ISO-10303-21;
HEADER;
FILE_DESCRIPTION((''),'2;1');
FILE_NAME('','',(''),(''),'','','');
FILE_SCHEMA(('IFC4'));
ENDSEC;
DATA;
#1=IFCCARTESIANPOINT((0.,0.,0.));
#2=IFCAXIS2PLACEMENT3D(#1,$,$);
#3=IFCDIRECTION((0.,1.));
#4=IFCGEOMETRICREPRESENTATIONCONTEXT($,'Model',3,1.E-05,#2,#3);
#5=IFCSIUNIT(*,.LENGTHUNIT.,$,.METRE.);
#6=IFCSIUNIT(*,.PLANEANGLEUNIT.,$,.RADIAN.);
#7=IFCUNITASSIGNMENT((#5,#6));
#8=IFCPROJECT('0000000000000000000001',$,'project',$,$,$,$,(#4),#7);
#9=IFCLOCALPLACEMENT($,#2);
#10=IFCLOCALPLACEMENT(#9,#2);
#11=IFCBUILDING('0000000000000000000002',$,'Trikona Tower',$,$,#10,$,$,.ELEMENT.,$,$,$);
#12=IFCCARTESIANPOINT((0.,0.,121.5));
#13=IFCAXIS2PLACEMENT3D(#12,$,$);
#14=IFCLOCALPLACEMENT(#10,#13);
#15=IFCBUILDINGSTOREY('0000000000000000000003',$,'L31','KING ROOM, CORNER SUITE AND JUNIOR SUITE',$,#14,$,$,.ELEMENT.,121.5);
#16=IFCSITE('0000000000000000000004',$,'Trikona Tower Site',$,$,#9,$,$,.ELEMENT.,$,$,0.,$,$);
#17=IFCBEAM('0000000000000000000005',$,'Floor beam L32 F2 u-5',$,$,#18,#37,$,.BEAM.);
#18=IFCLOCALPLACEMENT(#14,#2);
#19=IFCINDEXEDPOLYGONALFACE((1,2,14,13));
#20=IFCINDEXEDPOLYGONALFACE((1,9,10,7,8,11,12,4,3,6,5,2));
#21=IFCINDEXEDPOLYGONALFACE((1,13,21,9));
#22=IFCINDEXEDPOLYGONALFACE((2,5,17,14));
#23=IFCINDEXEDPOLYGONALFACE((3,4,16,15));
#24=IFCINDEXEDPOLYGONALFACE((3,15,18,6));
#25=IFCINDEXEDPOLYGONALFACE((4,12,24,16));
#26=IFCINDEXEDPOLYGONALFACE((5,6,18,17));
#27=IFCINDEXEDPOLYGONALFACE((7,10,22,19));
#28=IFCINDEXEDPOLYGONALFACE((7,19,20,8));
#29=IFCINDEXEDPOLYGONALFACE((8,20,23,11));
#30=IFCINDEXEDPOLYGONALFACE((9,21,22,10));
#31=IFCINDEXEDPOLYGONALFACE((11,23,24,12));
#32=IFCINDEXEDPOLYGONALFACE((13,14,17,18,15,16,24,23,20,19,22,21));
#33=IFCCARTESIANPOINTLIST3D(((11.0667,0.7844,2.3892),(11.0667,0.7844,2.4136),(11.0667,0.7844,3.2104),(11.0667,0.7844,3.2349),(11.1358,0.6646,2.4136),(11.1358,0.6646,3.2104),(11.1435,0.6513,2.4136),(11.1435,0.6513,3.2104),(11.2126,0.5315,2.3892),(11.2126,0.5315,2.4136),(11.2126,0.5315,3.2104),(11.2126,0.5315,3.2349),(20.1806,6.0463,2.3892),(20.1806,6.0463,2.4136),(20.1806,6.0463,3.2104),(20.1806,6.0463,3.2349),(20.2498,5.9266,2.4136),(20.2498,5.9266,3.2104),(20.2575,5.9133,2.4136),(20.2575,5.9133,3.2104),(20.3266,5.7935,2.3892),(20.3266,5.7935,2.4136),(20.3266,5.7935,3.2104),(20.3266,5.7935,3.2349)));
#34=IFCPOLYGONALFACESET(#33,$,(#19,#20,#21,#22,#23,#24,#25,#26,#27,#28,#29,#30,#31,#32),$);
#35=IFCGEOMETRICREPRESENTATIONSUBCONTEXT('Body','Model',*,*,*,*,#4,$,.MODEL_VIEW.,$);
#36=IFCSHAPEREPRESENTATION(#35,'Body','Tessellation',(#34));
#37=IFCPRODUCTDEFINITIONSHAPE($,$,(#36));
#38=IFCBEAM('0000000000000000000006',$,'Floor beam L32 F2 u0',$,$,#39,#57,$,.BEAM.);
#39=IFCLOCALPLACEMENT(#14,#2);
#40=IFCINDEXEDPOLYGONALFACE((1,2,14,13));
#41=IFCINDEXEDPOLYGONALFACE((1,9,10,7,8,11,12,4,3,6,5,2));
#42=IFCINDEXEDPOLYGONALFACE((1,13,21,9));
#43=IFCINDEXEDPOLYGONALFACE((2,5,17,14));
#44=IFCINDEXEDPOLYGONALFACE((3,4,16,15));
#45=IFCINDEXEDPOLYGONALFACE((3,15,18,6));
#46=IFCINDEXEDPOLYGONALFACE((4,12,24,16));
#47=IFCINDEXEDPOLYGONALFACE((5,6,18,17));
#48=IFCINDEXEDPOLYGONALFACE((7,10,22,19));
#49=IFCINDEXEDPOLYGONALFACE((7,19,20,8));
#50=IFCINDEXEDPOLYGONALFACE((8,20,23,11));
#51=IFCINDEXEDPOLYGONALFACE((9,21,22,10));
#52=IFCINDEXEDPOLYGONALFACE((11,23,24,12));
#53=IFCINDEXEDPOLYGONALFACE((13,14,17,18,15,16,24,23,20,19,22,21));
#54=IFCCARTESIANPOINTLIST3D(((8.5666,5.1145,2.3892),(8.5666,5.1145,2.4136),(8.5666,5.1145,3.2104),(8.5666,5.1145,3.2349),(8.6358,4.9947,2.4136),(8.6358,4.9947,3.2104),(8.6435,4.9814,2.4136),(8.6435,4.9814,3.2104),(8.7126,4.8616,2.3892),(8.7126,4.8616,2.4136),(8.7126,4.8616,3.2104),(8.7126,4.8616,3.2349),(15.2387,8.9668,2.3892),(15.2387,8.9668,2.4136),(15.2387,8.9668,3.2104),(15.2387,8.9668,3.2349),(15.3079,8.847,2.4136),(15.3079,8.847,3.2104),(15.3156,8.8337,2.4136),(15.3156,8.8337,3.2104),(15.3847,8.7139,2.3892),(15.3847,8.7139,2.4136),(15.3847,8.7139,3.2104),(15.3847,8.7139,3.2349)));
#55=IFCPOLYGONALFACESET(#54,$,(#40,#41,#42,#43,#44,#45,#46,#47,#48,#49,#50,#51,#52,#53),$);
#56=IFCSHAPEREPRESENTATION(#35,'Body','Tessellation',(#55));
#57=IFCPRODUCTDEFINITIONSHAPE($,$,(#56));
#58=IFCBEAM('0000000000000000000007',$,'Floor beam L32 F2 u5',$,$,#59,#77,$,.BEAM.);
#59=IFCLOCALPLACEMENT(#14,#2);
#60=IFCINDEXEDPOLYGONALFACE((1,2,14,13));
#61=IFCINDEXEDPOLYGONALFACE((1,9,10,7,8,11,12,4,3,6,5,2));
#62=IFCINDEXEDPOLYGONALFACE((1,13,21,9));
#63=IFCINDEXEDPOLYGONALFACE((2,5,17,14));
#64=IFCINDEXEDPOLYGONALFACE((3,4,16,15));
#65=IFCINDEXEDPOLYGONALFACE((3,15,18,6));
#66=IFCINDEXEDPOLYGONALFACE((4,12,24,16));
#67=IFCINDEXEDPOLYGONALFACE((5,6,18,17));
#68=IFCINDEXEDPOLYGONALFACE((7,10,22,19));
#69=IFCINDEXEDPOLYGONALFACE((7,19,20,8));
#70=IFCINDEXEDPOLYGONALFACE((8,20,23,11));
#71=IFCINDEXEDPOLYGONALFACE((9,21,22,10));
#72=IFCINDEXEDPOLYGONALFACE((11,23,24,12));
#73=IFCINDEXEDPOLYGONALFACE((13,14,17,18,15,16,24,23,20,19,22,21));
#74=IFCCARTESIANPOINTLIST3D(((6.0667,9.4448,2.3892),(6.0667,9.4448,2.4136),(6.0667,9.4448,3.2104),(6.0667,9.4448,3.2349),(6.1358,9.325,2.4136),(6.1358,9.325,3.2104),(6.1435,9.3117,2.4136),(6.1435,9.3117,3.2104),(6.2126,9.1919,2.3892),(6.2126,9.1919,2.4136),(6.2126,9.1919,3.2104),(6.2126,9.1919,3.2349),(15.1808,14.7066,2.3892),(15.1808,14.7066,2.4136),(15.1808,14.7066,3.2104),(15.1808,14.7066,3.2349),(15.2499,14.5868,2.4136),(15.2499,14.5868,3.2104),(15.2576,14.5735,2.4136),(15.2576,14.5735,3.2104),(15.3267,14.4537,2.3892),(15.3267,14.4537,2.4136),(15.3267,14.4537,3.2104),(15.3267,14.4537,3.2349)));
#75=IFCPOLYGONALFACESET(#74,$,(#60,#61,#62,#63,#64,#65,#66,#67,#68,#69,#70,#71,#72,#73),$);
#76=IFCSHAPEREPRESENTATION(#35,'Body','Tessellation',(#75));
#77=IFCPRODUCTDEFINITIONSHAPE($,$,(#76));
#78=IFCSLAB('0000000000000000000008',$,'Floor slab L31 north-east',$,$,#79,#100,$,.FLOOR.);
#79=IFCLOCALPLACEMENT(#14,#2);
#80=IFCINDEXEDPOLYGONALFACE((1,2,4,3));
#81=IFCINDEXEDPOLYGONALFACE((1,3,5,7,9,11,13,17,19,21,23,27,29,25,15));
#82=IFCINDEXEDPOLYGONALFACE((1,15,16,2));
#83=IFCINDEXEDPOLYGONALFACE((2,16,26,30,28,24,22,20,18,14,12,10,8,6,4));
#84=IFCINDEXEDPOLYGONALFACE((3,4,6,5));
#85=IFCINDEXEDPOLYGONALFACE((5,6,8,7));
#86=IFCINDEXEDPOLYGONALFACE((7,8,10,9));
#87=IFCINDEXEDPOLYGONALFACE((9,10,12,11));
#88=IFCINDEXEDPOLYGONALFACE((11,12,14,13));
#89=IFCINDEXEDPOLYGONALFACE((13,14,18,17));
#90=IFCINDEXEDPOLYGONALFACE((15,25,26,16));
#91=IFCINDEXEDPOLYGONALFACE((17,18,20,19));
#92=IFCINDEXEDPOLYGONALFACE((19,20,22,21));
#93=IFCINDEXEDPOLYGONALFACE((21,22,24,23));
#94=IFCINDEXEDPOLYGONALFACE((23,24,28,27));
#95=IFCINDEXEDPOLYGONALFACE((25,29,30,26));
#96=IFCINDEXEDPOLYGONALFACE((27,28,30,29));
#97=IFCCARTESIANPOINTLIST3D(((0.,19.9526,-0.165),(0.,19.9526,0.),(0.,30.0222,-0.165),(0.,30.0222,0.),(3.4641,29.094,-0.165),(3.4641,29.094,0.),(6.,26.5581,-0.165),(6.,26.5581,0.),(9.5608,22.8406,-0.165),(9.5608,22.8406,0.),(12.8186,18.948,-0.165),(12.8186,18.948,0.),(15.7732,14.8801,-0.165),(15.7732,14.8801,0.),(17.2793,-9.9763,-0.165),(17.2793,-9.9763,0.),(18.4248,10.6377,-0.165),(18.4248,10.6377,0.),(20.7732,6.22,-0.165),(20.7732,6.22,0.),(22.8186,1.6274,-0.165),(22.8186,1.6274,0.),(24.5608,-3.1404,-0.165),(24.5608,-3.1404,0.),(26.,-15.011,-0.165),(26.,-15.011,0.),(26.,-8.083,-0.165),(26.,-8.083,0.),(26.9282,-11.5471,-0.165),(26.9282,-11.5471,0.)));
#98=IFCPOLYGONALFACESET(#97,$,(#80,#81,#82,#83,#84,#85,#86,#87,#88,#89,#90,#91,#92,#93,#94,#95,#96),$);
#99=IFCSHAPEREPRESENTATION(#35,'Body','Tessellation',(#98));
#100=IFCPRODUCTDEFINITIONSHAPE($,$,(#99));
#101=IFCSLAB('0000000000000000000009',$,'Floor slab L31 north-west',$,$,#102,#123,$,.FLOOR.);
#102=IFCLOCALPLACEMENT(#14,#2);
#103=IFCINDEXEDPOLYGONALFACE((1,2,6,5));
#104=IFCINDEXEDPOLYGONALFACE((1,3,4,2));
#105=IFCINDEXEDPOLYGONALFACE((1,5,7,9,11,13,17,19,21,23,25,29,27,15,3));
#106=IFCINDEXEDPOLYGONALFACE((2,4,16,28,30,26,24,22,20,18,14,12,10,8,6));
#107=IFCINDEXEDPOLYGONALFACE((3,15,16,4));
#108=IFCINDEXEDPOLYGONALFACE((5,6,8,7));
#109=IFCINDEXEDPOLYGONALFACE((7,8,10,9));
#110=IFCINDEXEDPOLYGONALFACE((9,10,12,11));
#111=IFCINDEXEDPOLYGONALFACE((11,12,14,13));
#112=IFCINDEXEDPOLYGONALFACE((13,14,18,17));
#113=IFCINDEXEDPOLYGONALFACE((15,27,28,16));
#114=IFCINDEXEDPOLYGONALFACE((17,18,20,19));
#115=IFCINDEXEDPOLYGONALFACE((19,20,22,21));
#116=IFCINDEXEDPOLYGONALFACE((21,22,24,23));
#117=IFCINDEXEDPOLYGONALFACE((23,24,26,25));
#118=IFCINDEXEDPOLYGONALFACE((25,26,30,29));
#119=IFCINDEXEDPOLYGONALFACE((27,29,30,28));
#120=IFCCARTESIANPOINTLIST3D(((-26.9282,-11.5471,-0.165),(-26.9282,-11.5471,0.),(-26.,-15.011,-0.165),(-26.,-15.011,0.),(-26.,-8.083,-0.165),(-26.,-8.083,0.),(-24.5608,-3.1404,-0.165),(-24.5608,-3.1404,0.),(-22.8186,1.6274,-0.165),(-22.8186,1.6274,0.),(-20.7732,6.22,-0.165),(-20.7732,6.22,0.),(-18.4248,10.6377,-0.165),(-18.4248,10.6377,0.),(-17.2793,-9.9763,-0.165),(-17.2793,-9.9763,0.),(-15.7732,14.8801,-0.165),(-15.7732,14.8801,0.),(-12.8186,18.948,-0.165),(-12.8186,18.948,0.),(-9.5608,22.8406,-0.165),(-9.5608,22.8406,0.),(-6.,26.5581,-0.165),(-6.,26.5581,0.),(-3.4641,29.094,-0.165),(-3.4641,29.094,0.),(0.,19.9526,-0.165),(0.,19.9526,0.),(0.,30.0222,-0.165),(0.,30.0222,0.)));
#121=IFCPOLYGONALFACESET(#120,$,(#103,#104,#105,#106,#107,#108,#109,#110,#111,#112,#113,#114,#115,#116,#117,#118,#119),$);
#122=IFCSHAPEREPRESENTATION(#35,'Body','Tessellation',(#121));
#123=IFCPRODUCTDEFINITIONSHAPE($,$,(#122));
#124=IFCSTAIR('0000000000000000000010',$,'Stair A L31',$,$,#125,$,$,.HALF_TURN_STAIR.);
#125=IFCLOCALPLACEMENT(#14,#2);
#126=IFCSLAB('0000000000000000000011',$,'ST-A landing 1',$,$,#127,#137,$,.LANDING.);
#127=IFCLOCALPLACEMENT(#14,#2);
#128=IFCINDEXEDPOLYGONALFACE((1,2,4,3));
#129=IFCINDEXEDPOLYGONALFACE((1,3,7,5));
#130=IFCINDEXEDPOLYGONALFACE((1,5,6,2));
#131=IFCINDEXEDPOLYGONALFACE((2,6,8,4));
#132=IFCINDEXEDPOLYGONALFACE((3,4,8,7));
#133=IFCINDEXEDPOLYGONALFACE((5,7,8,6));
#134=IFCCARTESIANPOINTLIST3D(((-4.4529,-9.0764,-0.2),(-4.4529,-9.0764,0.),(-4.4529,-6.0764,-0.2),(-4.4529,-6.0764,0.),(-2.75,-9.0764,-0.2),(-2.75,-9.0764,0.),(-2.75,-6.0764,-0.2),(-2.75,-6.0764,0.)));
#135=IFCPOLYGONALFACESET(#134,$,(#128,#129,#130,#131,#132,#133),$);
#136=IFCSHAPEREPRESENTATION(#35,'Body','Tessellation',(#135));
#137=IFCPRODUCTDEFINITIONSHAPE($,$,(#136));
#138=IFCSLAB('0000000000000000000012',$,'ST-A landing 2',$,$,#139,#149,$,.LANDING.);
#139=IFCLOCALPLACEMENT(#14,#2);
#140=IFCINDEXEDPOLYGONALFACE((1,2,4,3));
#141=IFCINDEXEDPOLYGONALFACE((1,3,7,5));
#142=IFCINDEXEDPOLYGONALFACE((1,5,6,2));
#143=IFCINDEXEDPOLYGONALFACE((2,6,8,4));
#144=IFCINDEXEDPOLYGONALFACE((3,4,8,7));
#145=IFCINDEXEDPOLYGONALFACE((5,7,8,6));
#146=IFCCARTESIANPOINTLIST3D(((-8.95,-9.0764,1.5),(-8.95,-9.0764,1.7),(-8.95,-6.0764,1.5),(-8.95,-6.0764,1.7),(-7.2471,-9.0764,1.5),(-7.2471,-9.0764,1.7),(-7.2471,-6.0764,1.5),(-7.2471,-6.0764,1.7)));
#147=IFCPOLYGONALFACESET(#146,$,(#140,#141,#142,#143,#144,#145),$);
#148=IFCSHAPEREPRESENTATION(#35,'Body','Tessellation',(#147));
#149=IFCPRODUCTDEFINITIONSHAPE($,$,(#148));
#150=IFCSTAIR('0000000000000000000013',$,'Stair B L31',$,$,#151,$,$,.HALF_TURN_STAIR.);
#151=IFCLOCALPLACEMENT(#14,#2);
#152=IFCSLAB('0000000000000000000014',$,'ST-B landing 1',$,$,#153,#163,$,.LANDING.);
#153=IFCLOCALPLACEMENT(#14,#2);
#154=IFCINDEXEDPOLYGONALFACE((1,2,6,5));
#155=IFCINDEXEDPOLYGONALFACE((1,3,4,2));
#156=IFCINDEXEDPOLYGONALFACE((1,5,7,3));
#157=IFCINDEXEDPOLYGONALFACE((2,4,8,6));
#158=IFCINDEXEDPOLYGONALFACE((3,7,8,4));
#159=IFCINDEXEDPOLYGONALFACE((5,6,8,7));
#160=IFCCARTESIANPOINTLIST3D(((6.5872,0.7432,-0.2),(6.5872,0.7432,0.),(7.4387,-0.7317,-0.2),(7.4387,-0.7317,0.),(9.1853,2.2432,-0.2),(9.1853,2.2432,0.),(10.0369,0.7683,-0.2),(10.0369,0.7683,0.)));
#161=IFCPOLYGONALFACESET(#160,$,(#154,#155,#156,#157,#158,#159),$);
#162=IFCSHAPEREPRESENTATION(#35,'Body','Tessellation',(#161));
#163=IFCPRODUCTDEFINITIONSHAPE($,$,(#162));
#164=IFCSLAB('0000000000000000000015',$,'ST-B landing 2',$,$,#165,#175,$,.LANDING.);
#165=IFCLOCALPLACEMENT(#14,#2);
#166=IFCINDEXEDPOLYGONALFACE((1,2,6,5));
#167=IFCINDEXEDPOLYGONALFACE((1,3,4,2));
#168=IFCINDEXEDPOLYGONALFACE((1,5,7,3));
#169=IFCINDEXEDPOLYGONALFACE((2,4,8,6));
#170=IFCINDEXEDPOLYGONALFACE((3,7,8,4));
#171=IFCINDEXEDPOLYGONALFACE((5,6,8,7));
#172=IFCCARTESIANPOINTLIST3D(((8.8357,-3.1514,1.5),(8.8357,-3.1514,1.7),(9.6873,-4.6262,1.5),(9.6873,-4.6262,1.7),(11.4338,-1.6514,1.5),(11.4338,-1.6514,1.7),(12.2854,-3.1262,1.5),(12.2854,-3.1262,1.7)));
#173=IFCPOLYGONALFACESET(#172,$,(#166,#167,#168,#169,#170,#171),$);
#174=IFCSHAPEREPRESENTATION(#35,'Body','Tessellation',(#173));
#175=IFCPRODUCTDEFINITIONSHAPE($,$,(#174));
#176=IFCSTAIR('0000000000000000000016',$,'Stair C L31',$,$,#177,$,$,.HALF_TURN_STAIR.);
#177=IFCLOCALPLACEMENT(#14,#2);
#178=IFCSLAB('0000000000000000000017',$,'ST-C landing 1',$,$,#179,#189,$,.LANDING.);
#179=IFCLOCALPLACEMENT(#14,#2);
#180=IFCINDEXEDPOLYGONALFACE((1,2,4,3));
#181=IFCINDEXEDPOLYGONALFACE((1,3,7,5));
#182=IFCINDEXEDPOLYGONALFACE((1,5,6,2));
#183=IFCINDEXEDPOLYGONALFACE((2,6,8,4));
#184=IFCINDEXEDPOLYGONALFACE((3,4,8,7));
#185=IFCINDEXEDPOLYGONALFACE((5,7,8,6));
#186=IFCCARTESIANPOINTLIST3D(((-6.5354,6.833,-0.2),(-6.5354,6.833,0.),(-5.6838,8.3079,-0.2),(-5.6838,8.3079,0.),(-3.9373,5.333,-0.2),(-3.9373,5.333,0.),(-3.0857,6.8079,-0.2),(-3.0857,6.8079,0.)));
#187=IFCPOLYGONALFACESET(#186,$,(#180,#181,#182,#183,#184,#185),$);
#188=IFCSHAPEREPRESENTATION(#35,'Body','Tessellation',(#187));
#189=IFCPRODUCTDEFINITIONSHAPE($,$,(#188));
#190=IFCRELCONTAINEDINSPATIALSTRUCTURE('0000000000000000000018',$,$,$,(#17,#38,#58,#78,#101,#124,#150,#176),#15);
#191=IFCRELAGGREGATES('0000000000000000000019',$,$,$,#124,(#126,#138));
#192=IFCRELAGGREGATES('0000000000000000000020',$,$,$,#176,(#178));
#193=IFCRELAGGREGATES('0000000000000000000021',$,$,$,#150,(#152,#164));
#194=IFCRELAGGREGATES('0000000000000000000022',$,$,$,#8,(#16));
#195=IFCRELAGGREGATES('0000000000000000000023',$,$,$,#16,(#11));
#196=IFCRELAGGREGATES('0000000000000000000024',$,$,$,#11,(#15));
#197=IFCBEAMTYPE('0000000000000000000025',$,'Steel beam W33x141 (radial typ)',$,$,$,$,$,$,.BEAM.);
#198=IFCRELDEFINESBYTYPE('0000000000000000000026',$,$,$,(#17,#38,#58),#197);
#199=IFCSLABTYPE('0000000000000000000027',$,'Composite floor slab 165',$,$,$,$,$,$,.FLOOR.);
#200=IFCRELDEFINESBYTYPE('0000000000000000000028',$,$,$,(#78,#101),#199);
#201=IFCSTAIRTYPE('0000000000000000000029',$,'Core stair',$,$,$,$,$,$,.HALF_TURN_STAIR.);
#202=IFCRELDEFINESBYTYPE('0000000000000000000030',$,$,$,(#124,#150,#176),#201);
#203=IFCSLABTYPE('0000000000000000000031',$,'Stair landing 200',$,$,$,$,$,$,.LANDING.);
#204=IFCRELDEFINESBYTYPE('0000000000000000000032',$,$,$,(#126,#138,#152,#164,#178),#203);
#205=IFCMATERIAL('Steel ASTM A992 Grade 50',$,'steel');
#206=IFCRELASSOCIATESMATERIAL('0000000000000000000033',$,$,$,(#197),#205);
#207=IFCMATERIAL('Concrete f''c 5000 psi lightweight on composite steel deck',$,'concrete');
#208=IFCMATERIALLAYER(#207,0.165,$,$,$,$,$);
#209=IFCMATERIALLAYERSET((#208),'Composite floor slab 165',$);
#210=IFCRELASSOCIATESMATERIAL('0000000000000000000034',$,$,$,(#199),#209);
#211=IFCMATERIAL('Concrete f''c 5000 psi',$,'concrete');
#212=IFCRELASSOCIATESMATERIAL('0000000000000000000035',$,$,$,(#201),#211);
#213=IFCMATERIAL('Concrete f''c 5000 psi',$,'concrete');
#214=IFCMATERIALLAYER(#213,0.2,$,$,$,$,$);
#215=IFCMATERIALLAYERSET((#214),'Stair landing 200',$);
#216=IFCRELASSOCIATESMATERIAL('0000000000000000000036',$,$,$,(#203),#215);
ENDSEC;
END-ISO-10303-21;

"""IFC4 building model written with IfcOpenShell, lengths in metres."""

from ifc_helpers import new_model, si_unit, direction, frame, origin, origin_2d, place, context, subcontext, project, spatial, polyline, i_section, outline, extrude, material, layer, layer_set, material_profile, profile_set, type_object, element, aggregate, save


model = new_model("IFC4")

# Units and contexts
model_context = context("Model", 3, precision=1e-05, world=origin(), true_north=direction((0.0, 1.0)))
body_context = subcontext(model_context, "Body", "Model", "MODEL_VIEW")
ifc_project = project(units=[si_unit("LENGTHUNIT", "METRE"), si_unit("PLANEANGLEUNIT", "RADIAN")], contexts=[model_context])

# Site, building, storey
site_placement = place(None, origin())
site = spatial("IfcSite", under=ifc_project, at=site_placement, Name="Trikona Tower Site", CompositionType="ELEMENT", RefElevation=0.0)
building_placement = place(site_placement, origin())
building = spatial("IfcBuilding", under=site, at=building_placement, Name="Trikona Tower", CompositionType="ELEMENT")
storey_placement = place(building_placement, frame((0.0, 0.0, 121.5)))
storey = spatial("IfcBuildingStorey", under=building, at=storey_placement, Name="L31", Description="KING ROOM, CORNER SUITE AND JUNIOR SUITE", CompositionType="ELEMENT", Elevation=121.5)

# Beams
ifc_material_1 = material(Name="Steel ASTM A992 Grade 50", Category="steel")
ifc_material_profile = material_profile(ifc_material_1, i_section(OverallWidth=0.292, OverallDepth=0.8457, WebThickness=0.0154, FlangeThickness=0.0244, at=origin_2d()), Name="W33X141")
ifc_profile_set = profile_set([ifc_material_profile], Name="Steel ASTM A992 Grade 50")
beam_type = type_object("IfcBeamType", Name="Steel beam W33x141 (radial typ)", PredefinedType="BEAM", material=ifc_profile_set)
beam_1_placement = place(storey_placement, frame((11.1396, 0.658, 2.812), z_axis=(0.866026, 0.499999, 0.0), x_axis=(-0.499999, 0.866026, 0.0)))
element("IfcBeam", 1, at=beam_1_placement, inside=storey, type_object=beam_type, Name="Floor beam L32 F2 u-5", PredefinedType="BEAM", context=body_context, shape_type="SweptSolid", body=[
    extrude(i_section(OverallWidth=0.292, OverallDepth=0.8457, WebThickness=0.0154, FlangeThickness=0.0244, at=origin_2d()), origin(), (0.0, 0.0, 1.0), 10.5239),
])
beam_2_placement = place(storey_placement, frame((8.6396, 4.988, 2.812), z_axis=(0.866017, 0.500014, 0.0), x_axis=(-0.500014, 0.866017, 0.0)))
element("IfcBeam", 2, at=beam_2_placement, inside=storey, type_object=beam_type, Name="Floor beam L32 F2 u0", PredefinedType="BEAM", context=body_context, shape_type="SweptSolid", body=[
    extrude(i_section(OverallWidth=0.292, OverallDepth=0.8457, WebThickness=0.0154, FlangeThickness=0.0244, at=origin_2d()), origin(), (0.0, 0.0, 1.0), 7.7043),
])
beam_3_placement = place(storey_placement, frame((6.1396, 9.3184, 2.812), z_axis=(0.866036, 0.499982, 0.0), x_axis=(-0.499982, 0.866036, 0.0)))
element("IfcBeam", 3, at=beam_3_placement, inside=storey, type_object=beam_type, Name="Floor beam L32 F2 u5", PredefinedType="BEAM", context=body_context, shape_type="SweptSolid", body=[
    extrude(i_section(OverallWidth=0.292, OverallDepth=0.8457, WebThickness=0.0154, FlangeThickness=0.0244, at=origin_2d()), origin(), (0.0, 0.0, 1.0), 10.5239),
])

# Slabs
ifc_material_2 = material(Name="Concrete f'c 5000 psi lightweight on composite steel deck", Category="concrete")
ifc_layer_1 = layer(ifc_material_2, 0.165)
ifc_layer_set_1 = layer_set([ifc_layer_1], Name="Composite floor slab 165")
slab_type_1 = type_object("IfcSlabType", Name="Composite floor slab 165", PredefinedType="FLOOR", material=ifc_layer_set_1)
slab_1_placement = place(storey_placement, frame((0.0, 0.0, -0.165)))
element("IfcSlab", 4, at=slab_1_placement, inside=storey, type_object=slab_type_1, Name="Floor slab L31 north-east", PredefinedType="FLOOR", context=body_context, shape_type="SweptSolid", body=[
    extrude(outline(polyline([(3.4641, 29.094), (0.0, 30.0222), (0.0, 19.9526), (17.2793, -9.9763), (26.0, -15.011), (26.9282, -11.5471), (26.0, -8.083), (24.5608, -3.1404), (22.8186, 1.6274), (20.7732, 6.22), (18.4248, 10.6377), (15.7732, 14.8801), (12.8186, 18.948), (9.5608, 22.8406), (6.0, 26.5581), (3.4641, 29.094)])), origin(), (0.0, 0.0, 1.0), 0.165),
])
slab_2_placement = place(storey_placement, frame((0.0, 0.0, -0.165)))
element("IfcSlab", 5, at=slab_2_placement, inside=storey, type_object=slab_type_1, Name="Floor slab L31 north-west", PredefinedType="FLOOR", context=body_context, shape_type="SweptSolid", body=[
    extrude(outline(polyline([(0.0, 19.9526), (0.0, 30.0222), (-3.4641, 29.094), (-6.0, 26.5581), (-9.5608, 22.8406), (-12.8186, 18.948), (-15.7732, 14.8801), (-18.4248, 10.6377), (-20.7732, 6.22), (-22.8186, 1.6274), (-24.5608, -3.1404), (-26.0, -8.083), (-26.9282, -11.5471), (-26.0, -15.011), (-17.2793, -9.9763), (0.0, 19.9526)])), origin(), (0.0, 0.0, 1.0), 0.165),
])

# Stairs, slabs
ifc_material_3 = material(Name="Concrete f'c 5000 psi", Category="concrete")
stair_type = type_object("IfcStairType", Name="Core stair", PredefinedType="HALF_TURN_STAIR", material=ifc_material_3)
stair_1_placement = place(storey_placement, origin())
stair_1 = element("IfcStair", 6, at=stair_1_placement, inside=storey, type_object=stair_type, Name="Stair A L31", PredefinedType="HALF_TURN_STAIR")
ifc_material_4 = material(Name="Concrete f'c 5000 psi", Category="concrete")
ifc_layer_2 = layer(ifc_material_4, 0.2)
ifc_layer_set_2 = layer_set([ifc_layer_2], Name="Stair landing 200")
slab_type_2 = type_object("IfcSlabType", Name="Stair landing 200", PredefinedType="LANDING", material=ifc_layer_set_2)
slab_3_placement = place(storey_placement, frame((0.0, 0.0, -0.2)))
slab_3 = element("IfcSlab", 7, at=slab_3_placement, type_object=slab_type_2, Name="ST-A landing 1", PredefinedType="LANDING", context=body_context, shape_type="SweptSolid", body=[
    extrude(outline(polyline([(-4.4529, -6.0764), (-2.75, -6.0764), (-2.75, -9.0764), (-4.4529, -9.0764), (-4.4529, -6.0764)])), origin(), (0.0, 0.0, 1.0), 0.2),
])
slab_4_placement = place(storey_placement, frame((0.0, 0.0, 1.5)))
slab_4 = element("IfcSlab", 8, at=slab_4_placement, type_object=slab_type_2, Name="ST-A landing 2", PredefinedType="LANDING", context=body_context, shape_type="SweptSolid", body=[
    extrude(outline(polyline([(-8.95, -6.0764), (-7.2471, -6.0764), (-7.2471, -9.0764), (-8.95, -9.0764), (-8.95, -6.0764)])), origin(), (0.0, 0.0, 1.0), 0.2),
])
aggregate(stair_1, [slab_3, slab_4])
stair_2_placement = place(storey_placement, origin())
stair_2 = element("IfcStair", 9, at=stair_2_placement, inside=storey, type_object=stair_type, Name="Stair B L31", PredefinedType="HALF_TURN_STAIR")
slab_5_placement = place(storey_placement, frame((0.0, 0.0, -0.2)))
slab_5 = element("IfcSlab", 10, at=slab_5_placement, type_object=slab_type_2, Name="ST-B landing 1", PredefinedType="LANDING", context=body_context, shape_type="SweptSolid", body=[
    extrude(outline(polyline([(7.4387, -0.7317), (6.5872, 0.7432), (9.1853, 2.2432), (10.0369, 0.7683), (7.4387, -0.7317)])), origin(), (0.0, 0.0, 1.0), 0.2),
])
slab_6_placement = place(storey_placement, frame((0.0, 0.0, 1.5)))
slab_6 = element("IfcSlab", 11, at=slab_6_placement, type_object=slab_type_2, Name="ST-B landing 2", PredefinedType="LANDING", context=body_context, shape_type="SweptSolid", body=[
    extrude(outline(polyline([(9.6873, -4.6262), (8.8357, -3.1514), (11.4338, -1.6514), (12.2854, -3.1262), (9.6873, -4.6262)])), origin(), (0.0, 0.0, 1.0), 0.2),
])
stair_3_placement = place(storey_placement, origin())
stair_3 = element("IfcStair", 12, at=stair_3_placement, inside=storey, type_object=stair_type, Name="Stair C L31", PredefinedType="HALF_TURN_STAIR")
slab_7_placement = place(storey_placement, frame((0.0, 0.0, -0.2)))
slab_7 = element("IfcSlab", 13, at=slab_7_placement, type_object=slab_type_2, Name="ST-C landing 1", PredefinedType="LANDING", context=body_context, shape_type="SweptSolid", body=[
    extrude(outline(polyline([(-3.0857, 6.8079), (-3.9373, 5.333), (-6.5354, 6.833), (-5.6838, 8.3079), (-3.0857, 6.8079)])), origin(), (0.0, 0.0, 1.0), 0.2),
])
aggregate(stair_3, [slab_7])

aggregate(stair_2, [slab_5, slab_6])

save(model, "model.ifc")
